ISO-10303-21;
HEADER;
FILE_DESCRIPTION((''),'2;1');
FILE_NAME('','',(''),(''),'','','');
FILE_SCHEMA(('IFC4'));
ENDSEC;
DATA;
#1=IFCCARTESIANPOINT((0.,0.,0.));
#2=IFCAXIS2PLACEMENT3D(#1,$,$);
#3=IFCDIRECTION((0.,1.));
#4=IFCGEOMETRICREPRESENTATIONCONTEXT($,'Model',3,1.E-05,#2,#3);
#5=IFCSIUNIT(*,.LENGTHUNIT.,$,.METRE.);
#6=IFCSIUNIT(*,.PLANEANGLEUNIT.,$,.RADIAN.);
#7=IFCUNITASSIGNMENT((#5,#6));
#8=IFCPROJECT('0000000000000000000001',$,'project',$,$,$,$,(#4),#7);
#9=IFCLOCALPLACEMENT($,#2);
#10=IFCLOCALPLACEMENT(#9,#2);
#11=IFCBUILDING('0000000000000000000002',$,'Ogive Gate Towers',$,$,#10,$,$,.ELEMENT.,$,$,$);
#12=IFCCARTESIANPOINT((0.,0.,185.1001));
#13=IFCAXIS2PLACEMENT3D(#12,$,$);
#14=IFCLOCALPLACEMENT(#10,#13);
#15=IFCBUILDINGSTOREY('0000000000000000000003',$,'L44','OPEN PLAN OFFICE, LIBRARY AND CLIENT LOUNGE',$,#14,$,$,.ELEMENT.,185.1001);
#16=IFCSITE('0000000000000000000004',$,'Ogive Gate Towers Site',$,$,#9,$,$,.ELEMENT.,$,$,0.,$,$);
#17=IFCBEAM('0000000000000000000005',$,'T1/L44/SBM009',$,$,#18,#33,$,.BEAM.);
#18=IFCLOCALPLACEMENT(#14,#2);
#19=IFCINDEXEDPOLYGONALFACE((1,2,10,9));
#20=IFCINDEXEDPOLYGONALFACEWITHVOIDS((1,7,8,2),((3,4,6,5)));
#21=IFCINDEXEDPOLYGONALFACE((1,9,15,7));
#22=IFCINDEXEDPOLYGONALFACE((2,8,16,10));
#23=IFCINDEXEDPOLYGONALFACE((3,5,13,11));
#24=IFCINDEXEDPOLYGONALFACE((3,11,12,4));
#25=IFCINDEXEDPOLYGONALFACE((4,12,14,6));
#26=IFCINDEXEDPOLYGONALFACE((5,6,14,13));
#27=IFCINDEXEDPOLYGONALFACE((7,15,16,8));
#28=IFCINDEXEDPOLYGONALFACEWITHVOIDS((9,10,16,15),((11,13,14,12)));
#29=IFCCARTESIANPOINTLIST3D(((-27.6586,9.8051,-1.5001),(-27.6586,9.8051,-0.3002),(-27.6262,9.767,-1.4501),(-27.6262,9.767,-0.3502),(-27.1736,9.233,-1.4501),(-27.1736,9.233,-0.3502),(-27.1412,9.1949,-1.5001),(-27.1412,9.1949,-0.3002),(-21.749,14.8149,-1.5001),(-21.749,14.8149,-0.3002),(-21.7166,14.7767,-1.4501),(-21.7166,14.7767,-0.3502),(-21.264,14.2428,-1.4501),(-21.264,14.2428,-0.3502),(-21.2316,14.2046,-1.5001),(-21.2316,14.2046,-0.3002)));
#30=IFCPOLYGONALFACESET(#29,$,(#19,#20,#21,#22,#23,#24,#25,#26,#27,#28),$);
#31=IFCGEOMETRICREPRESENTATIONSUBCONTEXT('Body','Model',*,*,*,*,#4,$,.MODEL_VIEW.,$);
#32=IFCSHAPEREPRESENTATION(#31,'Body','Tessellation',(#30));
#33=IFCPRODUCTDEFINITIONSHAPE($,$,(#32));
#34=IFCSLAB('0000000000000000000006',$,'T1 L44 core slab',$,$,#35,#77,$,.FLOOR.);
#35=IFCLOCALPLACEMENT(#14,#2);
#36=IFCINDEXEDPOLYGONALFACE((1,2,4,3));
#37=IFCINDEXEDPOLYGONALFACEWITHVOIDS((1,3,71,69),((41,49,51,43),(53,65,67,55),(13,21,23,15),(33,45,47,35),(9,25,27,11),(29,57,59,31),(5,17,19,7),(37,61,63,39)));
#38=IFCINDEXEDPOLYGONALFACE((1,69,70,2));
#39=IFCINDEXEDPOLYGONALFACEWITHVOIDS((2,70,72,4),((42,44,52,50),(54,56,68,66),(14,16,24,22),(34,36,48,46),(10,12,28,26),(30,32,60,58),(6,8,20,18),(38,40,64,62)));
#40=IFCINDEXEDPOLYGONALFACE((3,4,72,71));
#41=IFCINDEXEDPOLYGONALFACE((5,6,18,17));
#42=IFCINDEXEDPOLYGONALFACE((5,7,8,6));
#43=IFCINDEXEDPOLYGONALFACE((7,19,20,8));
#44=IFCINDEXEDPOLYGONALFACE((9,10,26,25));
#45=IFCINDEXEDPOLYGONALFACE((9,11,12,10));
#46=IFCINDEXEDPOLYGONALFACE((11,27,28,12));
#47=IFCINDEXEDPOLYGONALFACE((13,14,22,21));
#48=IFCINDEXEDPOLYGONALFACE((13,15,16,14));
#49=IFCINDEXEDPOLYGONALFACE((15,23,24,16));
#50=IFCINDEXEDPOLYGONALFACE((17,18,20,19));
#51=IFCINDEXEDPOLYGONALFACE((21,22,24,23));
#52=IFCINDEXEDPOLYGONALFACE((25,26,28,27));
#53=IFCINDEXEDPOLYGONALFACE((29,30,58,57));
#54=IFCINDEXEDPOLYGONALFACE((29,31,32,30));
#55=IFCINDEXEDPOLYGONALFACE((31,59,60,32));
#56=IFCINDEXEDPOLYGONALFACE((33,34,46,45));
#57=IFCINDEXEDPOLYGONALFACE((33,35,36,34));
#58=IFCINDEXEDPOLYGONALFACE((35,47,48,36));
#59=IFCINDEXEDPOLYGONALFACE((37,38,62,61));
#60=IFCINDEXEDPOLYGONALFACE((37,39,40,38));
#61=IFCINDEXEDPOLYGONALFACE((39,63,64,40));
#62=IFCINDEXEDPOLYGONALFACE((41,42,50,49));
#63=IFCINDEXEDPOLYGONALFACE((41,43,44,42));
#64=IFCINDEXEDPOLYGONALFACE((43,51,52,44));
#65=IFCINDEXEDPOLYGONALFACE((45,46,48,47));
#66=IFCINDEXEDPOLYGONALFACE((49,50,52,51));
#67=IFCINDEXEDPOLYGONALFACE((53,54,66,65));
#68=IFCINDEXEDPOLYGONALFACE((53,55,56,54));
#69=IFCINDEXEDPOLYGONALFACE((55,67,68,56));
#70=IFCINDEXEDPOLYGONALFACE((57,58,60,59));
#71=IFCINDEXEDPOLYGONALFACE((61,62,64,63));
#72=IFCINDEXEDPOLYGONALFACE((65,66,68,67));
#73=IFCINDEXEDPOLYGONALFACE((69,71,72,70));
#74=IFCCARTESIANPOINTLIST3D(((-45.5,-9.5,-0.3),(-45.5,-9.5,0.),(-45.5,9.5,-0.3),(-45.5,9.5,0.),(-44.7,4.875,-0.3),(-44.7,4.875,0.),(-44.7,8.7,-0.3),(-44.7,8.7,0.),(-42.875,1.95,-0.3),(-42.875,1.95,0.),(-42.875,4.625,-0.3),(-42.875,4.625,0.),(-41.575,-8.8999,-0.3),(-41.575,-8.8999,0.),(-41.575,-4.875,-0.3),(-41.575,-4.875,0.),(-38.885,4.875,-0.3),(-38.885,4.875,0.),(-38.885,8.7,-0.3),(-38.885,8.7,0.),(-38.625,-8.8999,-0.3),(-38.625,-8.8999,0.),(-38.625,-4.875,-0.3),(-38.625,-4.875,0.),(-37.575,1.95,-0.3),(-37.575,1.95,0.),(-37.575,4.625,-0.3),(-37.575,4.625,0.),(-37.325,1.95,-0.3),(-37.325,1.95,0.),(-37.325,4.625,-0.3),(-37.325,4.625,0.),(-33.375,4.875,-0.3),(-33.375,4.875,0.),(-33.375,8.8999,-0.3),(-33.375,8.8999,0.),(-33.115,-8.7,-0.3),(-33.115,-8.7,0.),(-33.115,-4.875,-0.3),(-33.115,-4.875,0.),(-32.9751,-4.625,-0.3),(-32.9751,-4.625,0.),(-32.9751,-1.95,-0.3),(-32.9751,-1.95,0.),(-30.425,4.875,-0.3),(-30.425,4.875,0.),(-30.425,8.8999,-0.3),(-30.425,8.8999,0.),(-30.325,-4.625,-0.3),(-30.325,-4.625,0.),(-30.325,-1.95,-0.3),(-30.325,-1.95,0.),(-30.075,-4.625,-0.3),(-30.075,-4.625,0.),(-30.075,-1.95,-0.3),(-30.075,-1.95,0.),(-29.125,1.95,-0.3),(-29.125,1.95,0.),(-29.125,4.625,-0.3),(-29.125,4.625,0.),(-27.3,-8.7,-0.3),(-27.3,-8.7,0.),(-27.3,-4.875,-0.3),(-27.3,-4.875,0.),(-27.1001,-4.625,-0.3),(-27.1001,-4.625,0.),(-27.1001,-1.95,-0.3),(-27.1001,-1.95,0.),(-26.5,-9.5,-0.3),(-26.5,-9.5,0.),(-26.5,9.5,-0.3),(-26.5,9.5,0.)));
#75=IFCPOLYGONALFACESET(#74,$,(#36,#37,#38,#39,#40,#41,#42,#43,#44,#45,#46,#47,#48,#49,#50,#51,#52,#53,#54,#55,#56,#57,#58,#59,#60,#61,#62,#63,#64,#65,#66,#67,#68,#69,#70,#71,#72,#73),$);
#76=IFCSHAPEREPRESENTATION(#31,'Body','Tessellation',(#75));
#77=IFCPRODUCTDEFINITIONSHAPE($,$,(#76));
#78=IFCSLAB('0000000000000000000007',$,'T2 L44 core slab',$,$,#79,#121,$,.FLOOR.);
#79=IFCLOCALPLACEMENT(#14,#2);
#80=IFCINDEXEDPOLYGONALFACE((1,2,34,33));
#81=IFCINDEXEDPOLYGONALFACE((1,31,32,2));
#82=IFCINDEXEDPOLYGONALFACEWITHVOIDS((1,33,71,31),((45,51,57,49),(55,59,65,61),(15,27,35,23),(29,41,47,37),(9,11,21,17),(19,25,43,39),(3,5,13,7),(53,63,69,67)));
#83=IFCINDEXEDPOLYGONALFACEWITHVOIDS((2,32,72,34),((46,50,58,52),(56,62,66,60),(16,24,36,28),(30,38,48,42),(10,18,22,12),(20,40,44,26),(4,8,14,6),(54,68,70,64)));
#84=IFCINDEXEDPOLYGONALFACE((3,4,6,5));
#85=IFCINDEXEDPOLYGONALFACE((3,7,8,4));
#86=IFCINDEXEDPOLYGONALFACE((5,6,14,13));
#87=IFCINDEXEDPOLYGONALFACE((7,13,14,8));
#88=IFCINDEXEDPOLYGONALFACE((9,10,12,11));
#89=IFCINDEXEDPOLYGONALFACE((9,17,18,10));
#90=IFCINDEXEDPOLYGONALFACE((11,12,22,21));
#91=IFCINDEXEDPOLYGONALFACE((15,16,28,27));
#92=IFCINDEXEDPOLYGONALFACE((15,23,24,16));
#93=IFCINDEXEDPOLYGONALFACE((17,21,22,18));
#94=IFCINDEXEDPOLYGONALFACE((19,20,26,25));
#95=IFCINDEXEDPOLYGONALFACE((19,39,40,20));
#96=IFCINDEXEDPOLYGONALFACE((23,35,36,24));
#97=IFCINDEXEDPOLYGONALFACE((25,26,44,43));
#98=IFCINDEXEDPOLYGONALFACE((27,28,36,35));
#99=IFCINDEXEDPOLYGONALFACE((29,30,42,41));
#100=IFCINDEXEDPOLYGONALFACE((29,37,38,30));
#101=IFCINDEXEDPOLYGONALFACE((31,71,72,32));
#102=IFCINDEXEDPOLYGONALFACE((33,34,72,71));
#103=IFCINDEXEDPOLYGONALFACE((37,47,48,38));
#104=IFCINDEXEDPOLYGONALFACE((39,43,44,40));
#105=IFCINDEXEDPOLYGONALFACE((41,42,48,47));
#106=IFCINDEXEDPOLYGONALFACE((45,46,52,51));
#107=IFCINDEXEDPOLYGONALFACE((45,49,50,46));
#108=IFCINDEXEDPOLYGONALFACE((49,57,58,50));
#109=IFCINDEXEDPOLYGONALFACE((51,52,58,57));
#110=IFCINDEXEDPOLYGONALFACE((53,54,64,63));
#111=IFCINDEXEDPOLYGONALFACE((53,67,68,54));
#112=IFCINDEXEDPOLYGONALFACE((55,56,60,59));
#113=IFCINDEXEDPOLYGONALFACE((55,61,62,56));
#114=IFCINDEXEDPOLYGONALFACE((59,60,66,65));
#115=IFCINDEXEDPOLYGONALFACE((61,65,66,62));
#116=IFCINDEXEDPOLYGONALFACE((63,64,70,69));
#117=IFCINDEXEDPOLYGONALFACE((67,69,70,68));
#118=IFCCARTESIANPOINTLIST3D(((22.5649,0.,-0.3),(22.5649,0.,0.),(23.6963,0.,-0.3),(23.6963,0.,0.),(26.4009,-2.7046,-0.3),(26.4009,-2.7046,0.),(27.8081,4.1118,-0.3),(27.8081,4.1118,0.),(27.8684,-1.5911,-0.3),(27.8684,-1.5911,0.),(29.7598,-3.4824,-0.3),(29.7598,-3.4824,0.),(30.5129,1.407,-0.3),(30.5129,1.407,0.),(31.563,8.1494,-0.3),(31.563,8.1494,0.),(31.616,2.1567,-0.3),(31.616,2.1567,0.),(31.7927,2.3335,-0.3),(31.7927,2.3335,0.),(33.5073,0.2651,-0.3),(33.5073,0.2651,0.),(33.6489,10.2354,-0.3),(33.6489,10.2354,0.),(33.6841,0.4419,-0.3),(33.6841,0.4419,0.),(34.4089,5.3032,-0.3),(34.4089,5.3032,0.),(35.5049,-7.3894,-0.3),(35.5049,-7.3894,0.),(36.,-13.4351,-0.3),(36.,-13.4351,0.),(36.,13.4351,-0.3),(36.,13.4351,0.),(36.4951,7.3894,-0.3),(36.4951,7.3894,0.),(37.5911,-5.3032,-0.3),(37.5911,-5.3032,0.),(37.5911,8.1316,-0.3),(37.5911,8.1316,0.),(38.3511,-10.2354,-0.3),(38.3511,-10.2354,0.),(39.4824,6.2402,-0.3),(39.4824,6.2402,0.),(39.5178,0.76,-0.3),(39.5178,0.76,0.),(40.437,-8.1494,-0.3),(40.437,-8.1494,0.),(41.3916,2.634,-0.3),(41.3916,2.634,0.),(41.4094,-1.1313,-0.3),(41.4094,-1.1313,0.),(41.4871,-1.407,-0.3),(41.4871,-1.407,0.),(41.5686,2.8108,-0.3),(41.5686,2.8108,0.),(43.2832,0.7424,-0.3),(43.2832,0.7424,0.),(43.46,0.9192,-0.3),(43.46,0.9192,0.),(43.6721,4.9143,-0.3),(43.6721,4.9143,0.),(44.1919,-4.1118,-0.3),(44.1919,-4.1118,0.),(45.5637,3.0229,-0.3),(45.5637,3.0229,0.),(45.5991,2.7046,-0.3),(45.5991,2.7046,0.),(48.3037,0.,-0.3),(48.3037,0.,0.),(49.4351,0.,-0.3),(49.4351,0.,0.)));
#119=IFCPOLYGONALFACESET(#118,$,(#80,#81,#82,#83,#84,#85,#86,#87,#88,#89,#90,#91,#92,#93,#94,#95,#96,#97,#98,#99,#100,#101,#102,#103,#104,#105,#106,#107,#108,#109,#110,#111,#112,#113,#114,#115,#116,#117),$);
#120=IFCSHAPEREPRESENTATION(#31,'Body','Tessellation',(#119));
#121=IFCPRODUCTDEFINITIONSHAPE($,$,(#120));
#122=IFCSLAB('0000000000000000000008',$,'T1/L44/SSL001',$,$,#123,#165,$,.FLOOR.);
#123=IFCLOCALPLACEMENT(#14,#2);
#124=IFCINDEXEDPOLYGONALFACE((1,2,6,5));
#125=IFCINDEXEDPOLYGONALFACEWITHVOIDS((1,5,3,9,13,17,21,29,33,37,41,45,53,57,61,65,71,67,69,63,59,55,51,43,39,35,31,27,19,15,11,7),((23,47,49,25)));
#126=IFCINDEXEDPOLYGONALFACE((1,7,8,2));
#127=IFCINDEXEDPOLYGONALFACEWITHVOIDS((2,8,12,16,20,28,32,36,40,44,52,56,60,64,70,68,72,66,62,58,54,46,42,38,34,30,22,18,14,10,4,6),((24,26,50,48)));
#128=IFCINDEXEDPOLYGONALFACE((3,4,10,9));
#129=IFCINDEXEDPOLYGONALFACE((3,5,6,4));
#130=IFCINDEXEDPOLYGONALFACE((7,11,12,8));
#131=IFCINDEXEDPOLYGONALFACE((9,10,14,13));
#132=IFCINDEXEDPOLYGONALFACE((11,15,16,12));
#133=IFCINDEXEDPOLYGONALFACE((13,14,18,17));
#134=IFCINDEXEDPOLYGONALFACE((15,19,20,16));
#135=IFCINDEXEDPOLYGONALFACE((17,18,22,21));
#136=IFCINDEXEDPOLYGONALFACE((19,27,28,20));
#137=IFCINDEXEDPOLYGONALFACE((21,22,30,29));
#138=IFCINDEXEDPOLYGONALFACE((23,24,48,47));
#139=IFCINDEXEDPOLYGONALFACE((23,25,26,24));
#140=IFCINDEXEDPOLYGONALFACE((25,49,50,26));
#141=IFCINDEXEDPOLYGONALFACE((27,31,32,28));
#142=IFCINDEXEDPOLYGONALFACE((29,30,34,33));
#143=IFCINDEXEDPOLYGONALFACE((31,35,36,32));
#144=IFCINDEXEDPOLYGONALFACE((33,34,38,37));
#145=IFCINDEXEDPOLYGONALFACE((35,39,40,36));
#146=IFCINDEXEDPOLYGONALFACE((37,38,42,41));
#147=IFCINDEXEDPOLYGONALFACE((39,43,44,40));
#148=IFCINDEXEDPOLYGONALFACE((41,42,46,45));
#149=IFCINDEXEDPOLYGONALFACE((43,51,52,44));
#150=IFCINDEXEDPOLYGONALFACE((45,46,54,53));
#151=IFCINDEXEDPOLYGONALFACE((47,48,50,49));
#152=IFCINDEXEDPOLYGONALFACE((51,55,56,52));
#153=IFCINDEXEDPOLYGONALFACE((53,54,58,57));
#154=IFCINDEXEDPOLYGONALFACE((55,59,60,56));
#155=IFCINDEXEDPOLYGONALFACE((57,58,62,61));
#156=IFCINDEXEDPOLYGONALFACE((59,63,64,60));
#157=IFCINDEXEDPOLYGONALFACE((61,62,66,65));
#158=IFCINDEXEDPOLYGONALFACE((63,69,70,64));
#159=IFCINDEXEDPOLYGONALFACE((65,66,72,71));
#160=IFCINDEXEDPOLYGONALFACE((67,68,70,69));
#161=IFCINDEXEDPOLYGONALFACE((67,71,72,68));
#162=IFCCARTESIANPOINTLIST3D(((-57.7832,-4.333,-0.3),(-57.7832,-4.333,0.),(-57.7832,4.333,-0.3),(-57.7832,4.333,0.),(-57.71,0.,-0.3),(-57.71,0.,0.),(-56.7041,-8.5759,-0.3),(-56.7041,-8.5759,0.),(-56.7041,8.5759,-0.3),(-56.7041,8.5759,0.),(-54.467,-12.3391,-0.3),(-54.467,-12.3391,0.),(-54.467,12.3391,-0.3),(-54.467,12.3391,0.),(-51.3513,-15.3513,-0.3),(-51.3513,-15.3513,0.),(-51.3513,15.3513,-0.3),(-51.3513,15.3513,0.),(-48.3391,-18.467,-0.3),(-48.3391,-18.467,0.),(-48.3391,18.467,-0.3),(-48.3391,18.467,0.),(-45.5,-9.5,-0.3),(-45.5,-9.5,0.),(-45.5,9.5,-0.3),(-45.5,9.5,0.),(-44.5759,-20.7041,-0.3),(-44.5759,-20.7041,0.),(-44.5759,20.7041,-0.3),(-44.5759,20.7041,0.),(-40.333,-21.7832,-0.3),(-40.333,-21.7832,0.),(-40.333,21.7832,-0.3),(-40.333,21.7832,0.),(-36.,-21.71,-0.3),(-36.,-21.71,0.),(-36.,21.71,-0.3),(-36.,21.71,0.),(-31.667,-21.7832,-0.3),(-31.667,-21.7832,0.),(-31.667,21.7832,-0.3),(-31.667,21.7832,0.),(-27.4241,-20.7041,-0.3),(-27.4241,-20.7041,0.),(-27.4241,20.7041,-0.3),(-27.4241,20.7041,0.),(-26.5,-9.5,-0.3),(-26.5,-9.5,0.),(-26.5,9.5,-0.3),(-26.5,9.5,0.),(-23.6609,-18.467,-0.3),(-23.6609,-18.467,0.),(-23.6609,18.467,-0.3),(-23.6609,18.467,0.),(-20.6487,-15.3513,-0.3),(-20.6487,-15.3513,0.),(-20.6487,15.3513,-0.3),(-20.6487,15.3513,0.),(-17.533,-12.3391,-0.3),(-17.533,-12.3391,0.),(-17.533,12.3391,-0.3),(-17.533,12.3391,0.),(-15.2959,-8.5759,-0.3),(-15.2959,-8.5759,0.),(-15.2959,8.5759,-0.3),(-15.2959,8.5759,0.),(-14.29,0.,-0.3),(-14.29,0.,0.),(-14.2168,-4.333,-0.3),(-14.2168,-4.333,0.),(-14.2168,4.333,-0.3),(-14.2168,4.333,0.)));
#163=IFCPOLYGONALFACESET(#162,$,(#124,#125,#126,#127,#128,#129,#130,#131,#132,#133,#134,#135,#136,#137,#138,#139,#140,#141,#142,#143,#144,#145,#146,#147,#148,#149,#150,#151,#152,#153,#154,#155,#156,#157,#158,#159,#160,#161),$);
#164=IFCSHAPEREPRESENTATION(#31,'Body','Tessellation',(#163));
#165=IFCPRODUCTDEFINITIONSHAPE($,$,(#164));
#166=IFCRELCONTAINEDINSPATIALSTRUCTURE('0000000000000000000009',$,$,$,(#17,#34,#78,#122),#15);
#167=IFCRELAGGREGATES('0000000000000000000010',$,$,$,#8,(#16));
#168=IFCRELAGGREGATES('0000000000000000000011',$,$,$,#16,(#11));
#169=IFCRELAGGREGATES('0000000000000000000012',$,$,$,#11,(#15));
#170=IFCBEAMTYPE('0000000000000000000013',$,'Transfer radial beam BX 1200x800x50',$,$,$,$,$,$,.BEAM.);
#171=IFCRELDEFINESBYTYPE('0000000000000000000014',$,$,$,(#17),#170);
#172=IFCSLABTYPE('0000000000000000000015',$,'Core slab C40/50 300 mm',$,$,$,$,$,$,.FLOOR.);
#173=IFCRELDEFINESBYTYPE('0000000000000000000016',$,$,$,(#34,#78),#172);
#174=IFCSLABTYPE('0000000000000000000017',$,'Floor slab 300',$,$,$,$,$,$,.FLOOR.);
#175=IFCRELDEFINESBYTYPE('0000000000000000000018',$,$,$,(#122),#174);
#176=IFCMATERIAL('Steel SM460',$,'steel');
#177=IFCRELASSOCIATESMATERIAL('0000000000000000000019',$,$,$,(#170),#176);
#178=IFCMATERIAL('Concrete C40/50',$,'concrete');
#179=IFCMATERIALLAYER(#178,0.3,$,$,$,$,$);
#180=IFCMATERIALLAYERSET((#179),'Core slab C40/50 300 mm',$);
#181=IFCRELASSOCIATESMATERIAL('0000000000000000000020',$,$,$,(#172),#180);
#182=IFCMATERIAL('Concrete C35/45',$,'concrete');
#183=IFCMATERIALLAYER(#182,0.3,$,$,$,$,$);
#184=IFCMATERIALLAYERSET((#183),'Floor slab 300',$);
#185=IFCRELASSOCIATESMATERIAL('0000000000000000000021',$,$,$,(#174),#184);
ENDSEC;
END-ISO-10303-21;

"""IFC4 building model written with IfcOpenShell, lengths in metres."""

from ifc_helpers import new_model, si_unit, direction, frame, origin, origin_2d, place, context, subcontext, project, spatial, polyline, hollow_rectangle, outline, extrude, material, layer, layer_set, material_profile, profile_set, type_object, element, save


model = new_model("IFC4")

# Units and contexts
model_context = context("Model", 3, precision=1e-05, world=origin(), true_north=direction((0.0, 1.0)))
body_context = subcontext(model_context, "Body", "Model", "MODEL_VIEW")
ifc_project = project(units=[si_unit("LENGTHUNIT", "METRE"), si_unit("PLANEANGLEUNIT", "RADIAN")], contexts=[model_context])

# Site, building, storey
site_placement = place(None, origin())
site = spatial("IfcSite", under=ifc_project, at=site_placement, Name="Ogive Gate Towers Site", CompositionType="ELEMENT", RefElevation=0.0)
building_placement = place(site_placement, origin())
building = spatial("IfcBuilding", under=site, at=building_placement, Name="Ogive Gate Towers", CompositionType="ELEMENT")
storey_placement = place(building_placement, frame((0.0, 0.0, 185.1001)))
storey = spatial("IfcBuildingStorey", under=building, at=storey_placement, Name="L44", Description="OPEN PLAN OFFICE, LIBRARY AND CLIENT LOUNGE", CompositionType="ELEMENT", Elevation=185.1001)

# Shared definitions
ifc_material_1 = material(Name="Steel SM460", Category="steel")

# Beam
ifc_material_profile_1 = material_profile(ifc_material_1, hollow_rectangle(XDim=0.8, YDim=1.2, WallThickness=0.05, at=origin_2d()), Name="BX 1200x800x50")
ifc_profile_set_1 = profile_set([ifc_material_profile_1], Name="Steel SM460")
beam_type_1 = type_object("IfcBeamType", Name="Transfer radial beam BX 1200x800x50", PredefinedType="BEAM", material=ifc_profile_set_1)
beam_1_placement = place(storey_placement, frame((-27.3999, 9.5, -0.9001), z_axis=(0.762795, 0.64664, 0.0), x_axis=(-0.64664, 0.762795, 0.0)))
element("IfcBeam", 1, at=beam_1_placement, inside=storey, type_object=beam_type_1, Name="T1/L44/SBM009", PredefinedType="BEAM", context=body_context, shape_type="SweptSolid", body=[
    extrude(hollow_rectangle(XDim=0.8, YDim=1.2, WallThickness=0.05, at=origin_2d()), origin(), (0.0, 0.0, 1.0), 7.7473),
])

# Slabs
ifc_material_2 = material(Name="Concrete C40/50", Category="concrete")
ifc_layer_1 = layer(ifc_material_2, 0.3)
ifc_layer_set_1 = layer_set([ifc_layer_1], Name="Core slab C40/50 300 mm")
slab_type_1 = type_object("IfcSlabType", Name="Core slab C40/50 300 mm", PredefinedType="FLOOR", material=ifc_layer_set_1)
slab_1_placement = place(storey_placement, frame((0.0, 0.0, -0.3)))
element("IfcSlab", 2, at=slab_1_placement, inside=storey, type_object=slab_type_1, Name="T1 L44 core slab", PredefinedType="FLOOR", context=body_context, shape_type="SweptSolid", body=[
    extrude(outline(polyline([(-45.5, -9.5), (-45.5, 9.5), (-26.5, 9.5), (-26.5, -9.5), (-45.5, -9.5)]), holes=[polyline([(-42.875, 1.95), (-37.575, 1.95), (-37.575, 4.625), (-42.875, 4.625), (-42.875, 1.95)]), polyline([(-37.325, 4.625), (-37.325, 1.95), (-29.125, 1.95), (-29.125, 4.625), (-37.325, 4.625)]), polyline([(-30.325, -1.95), (-32.9751, -1.95), (-32.9751, -4.625), (-30.325, -4.625), (-30.325, -1.95)]), polyline([(-27.1001, -4.625), (-27.1001, -1.95), (-30.075, -1.95), (-30.075, -4.625), (-27.1001, -4.625)]), polyline([(-33.375, 4.875), (-30.425, 4.875), (-30.425, 8.8999), (-33.375, 8.8999), (-33.375, 4.875)]), polyline([(-41.575, -4.875), (-41.575, -8.8999), (-38.625, -8.8999), (-38.625, -4.875), (-41.575, -4.875)]), polyline([(-44.7, 4.875), (-38.885, 4.875), (-38.885, 8.7), (-44.7, 8.7), (-44.7, 4.875)]), polyline([(-27.3, -8.7), (-27.3, -4.875), (-33.115, -4.875), (-33.115, -8.7), (-27.3, -8.7)])]), origin(), (0.0, 0.0, 1.0), 0.3),
])
slab_2_placement = place(storey_placement, frame((0.0, 0.0, -0.3)))
element("IfcSlab", 3, at=slab_2_placement, inside=storey, type_object=slab_type_1, Name="T2 L44 core slab", PredefinedType="FLOOR", context=body_context, shape_type="SweptSolid", body=[
    extrude(outline(polyline([(36.0, -13.4351), (22.5649, 0.0), (36.0, 13.4351), (49.4351, 0.0), (36.0, -13.4351)]), holes=[polyline([(29.7598, -3.4824), (33.5073, 0.2651), (31.616, 2.1567), (27.8684, -1.5911), (29.7598, -3.4824)]), polyline([(31.7927, 2.3335), (33.6841, 0.4419), (39.4824, 6.2402), (37.5911, 8.1316), (31.7927, 2.3335)]), polyline([(41.3916, 2.634), (39.5178, 0.76), (41.4094, -1.1313), (43.2832, 0.7424), (41.3916, 2.634)]), polyline([(45.5637, 3.0229), (43.6721, 4.9143), (41.5686, 2.8108), (43.46, 0.9192), (45.5637, 3.0229)]), polyline([(34.4089, 5.3032), (36.4951, 7.3894), (33.6489, 10.2354), (31.563, 8.1494), (34.4089, 5.3032)]), polyline([(35.5049, -7.3894), (38.3511, -10.2354), (40.437, -8.1494), (37.5911, -5.3032), (35.5049, -7.3894)]), polyline([(26.4009, -2.7046), (30.5129, 1.407), (27.8081, 4.1118), (23.6963, 0.0), (26.4009, -2.7046)]), polyline([(48.3037, 0.0), (45.5991, 2.7046), (41.4871, -1.407), (44.1919, -4.1118), (48.3037, 0.0)])]), origin(), (0.0, 0.0, 1.0), 0.3),
])
ifc_material_3 = material(Name="Concrete C35/45", Category="concrete")
ifc_layer_2 = layer(ifc_material_3, 0.3)
ifc_layer_set_2 = layer_set([ifc_layer_2], Name="Floor slab 300")
slab_type_2 = type_object("IfcSlabType", Name="Floor slab 300", PredefinedType="FLOOR", material=ifc_layer_set_2)
slab_3_placement = place(storey_placement, frame((0.0, 0.0, -0.3)))
element("IfcSlab", 4, at=slab_3_placement, inside=storey, type_object=slab_type_2, Name="T1/L44/SSL001", PredefinedType="FLOOR", context=body_context, shape_type="SweptSolid", body=[
    extrude(outline(polyline([(-14.2168, -4.333), (-14.29, 0.0), (-14.2168, 4.333), (-15.2959, 8.5759), (-17.533, 12.3391), (-20.6487, 15.3513), (-23.6609, 18.467), (-27.4241, 20.7041), (-31.667, 21.7832), (-36.0, 21.71), (-40.333, 21.7832), (-44.5759, 20.7041), (-48.3391, 18.467), (-51.3513, 15.3513), (-54.467, 12.3391), (-56.7041, 8.5759), (-57.7832, 4.333), (-57.71, 0.0), (-57.7832, -4.333), (-56.7041, -8.5759), (-54.467, -12.3391), (-51.3513, -15.3513), (-48.3391, -18.467), (-44.5759, -20.7041), (-40.333, -21.7832), (-36.0, -21.71), (-31.667, -21.7832), (-27.4241, -20.7041), (-23.6609, -18.467), (-20.6487, -15.3513), (-17.533, -12.3391), (-15.2959, -8.5759), (-14.2168, -4.333)]), holes=[polyline([(-26.5, -9.5), (-45.5, -9.5), (-45.5, 9.5), (-26.5, 9.5), (-26.5, -9.5)])]), origin(), (0.0, 0.0, 1.0), 0.3),
])

save(model, "model.ifc")
